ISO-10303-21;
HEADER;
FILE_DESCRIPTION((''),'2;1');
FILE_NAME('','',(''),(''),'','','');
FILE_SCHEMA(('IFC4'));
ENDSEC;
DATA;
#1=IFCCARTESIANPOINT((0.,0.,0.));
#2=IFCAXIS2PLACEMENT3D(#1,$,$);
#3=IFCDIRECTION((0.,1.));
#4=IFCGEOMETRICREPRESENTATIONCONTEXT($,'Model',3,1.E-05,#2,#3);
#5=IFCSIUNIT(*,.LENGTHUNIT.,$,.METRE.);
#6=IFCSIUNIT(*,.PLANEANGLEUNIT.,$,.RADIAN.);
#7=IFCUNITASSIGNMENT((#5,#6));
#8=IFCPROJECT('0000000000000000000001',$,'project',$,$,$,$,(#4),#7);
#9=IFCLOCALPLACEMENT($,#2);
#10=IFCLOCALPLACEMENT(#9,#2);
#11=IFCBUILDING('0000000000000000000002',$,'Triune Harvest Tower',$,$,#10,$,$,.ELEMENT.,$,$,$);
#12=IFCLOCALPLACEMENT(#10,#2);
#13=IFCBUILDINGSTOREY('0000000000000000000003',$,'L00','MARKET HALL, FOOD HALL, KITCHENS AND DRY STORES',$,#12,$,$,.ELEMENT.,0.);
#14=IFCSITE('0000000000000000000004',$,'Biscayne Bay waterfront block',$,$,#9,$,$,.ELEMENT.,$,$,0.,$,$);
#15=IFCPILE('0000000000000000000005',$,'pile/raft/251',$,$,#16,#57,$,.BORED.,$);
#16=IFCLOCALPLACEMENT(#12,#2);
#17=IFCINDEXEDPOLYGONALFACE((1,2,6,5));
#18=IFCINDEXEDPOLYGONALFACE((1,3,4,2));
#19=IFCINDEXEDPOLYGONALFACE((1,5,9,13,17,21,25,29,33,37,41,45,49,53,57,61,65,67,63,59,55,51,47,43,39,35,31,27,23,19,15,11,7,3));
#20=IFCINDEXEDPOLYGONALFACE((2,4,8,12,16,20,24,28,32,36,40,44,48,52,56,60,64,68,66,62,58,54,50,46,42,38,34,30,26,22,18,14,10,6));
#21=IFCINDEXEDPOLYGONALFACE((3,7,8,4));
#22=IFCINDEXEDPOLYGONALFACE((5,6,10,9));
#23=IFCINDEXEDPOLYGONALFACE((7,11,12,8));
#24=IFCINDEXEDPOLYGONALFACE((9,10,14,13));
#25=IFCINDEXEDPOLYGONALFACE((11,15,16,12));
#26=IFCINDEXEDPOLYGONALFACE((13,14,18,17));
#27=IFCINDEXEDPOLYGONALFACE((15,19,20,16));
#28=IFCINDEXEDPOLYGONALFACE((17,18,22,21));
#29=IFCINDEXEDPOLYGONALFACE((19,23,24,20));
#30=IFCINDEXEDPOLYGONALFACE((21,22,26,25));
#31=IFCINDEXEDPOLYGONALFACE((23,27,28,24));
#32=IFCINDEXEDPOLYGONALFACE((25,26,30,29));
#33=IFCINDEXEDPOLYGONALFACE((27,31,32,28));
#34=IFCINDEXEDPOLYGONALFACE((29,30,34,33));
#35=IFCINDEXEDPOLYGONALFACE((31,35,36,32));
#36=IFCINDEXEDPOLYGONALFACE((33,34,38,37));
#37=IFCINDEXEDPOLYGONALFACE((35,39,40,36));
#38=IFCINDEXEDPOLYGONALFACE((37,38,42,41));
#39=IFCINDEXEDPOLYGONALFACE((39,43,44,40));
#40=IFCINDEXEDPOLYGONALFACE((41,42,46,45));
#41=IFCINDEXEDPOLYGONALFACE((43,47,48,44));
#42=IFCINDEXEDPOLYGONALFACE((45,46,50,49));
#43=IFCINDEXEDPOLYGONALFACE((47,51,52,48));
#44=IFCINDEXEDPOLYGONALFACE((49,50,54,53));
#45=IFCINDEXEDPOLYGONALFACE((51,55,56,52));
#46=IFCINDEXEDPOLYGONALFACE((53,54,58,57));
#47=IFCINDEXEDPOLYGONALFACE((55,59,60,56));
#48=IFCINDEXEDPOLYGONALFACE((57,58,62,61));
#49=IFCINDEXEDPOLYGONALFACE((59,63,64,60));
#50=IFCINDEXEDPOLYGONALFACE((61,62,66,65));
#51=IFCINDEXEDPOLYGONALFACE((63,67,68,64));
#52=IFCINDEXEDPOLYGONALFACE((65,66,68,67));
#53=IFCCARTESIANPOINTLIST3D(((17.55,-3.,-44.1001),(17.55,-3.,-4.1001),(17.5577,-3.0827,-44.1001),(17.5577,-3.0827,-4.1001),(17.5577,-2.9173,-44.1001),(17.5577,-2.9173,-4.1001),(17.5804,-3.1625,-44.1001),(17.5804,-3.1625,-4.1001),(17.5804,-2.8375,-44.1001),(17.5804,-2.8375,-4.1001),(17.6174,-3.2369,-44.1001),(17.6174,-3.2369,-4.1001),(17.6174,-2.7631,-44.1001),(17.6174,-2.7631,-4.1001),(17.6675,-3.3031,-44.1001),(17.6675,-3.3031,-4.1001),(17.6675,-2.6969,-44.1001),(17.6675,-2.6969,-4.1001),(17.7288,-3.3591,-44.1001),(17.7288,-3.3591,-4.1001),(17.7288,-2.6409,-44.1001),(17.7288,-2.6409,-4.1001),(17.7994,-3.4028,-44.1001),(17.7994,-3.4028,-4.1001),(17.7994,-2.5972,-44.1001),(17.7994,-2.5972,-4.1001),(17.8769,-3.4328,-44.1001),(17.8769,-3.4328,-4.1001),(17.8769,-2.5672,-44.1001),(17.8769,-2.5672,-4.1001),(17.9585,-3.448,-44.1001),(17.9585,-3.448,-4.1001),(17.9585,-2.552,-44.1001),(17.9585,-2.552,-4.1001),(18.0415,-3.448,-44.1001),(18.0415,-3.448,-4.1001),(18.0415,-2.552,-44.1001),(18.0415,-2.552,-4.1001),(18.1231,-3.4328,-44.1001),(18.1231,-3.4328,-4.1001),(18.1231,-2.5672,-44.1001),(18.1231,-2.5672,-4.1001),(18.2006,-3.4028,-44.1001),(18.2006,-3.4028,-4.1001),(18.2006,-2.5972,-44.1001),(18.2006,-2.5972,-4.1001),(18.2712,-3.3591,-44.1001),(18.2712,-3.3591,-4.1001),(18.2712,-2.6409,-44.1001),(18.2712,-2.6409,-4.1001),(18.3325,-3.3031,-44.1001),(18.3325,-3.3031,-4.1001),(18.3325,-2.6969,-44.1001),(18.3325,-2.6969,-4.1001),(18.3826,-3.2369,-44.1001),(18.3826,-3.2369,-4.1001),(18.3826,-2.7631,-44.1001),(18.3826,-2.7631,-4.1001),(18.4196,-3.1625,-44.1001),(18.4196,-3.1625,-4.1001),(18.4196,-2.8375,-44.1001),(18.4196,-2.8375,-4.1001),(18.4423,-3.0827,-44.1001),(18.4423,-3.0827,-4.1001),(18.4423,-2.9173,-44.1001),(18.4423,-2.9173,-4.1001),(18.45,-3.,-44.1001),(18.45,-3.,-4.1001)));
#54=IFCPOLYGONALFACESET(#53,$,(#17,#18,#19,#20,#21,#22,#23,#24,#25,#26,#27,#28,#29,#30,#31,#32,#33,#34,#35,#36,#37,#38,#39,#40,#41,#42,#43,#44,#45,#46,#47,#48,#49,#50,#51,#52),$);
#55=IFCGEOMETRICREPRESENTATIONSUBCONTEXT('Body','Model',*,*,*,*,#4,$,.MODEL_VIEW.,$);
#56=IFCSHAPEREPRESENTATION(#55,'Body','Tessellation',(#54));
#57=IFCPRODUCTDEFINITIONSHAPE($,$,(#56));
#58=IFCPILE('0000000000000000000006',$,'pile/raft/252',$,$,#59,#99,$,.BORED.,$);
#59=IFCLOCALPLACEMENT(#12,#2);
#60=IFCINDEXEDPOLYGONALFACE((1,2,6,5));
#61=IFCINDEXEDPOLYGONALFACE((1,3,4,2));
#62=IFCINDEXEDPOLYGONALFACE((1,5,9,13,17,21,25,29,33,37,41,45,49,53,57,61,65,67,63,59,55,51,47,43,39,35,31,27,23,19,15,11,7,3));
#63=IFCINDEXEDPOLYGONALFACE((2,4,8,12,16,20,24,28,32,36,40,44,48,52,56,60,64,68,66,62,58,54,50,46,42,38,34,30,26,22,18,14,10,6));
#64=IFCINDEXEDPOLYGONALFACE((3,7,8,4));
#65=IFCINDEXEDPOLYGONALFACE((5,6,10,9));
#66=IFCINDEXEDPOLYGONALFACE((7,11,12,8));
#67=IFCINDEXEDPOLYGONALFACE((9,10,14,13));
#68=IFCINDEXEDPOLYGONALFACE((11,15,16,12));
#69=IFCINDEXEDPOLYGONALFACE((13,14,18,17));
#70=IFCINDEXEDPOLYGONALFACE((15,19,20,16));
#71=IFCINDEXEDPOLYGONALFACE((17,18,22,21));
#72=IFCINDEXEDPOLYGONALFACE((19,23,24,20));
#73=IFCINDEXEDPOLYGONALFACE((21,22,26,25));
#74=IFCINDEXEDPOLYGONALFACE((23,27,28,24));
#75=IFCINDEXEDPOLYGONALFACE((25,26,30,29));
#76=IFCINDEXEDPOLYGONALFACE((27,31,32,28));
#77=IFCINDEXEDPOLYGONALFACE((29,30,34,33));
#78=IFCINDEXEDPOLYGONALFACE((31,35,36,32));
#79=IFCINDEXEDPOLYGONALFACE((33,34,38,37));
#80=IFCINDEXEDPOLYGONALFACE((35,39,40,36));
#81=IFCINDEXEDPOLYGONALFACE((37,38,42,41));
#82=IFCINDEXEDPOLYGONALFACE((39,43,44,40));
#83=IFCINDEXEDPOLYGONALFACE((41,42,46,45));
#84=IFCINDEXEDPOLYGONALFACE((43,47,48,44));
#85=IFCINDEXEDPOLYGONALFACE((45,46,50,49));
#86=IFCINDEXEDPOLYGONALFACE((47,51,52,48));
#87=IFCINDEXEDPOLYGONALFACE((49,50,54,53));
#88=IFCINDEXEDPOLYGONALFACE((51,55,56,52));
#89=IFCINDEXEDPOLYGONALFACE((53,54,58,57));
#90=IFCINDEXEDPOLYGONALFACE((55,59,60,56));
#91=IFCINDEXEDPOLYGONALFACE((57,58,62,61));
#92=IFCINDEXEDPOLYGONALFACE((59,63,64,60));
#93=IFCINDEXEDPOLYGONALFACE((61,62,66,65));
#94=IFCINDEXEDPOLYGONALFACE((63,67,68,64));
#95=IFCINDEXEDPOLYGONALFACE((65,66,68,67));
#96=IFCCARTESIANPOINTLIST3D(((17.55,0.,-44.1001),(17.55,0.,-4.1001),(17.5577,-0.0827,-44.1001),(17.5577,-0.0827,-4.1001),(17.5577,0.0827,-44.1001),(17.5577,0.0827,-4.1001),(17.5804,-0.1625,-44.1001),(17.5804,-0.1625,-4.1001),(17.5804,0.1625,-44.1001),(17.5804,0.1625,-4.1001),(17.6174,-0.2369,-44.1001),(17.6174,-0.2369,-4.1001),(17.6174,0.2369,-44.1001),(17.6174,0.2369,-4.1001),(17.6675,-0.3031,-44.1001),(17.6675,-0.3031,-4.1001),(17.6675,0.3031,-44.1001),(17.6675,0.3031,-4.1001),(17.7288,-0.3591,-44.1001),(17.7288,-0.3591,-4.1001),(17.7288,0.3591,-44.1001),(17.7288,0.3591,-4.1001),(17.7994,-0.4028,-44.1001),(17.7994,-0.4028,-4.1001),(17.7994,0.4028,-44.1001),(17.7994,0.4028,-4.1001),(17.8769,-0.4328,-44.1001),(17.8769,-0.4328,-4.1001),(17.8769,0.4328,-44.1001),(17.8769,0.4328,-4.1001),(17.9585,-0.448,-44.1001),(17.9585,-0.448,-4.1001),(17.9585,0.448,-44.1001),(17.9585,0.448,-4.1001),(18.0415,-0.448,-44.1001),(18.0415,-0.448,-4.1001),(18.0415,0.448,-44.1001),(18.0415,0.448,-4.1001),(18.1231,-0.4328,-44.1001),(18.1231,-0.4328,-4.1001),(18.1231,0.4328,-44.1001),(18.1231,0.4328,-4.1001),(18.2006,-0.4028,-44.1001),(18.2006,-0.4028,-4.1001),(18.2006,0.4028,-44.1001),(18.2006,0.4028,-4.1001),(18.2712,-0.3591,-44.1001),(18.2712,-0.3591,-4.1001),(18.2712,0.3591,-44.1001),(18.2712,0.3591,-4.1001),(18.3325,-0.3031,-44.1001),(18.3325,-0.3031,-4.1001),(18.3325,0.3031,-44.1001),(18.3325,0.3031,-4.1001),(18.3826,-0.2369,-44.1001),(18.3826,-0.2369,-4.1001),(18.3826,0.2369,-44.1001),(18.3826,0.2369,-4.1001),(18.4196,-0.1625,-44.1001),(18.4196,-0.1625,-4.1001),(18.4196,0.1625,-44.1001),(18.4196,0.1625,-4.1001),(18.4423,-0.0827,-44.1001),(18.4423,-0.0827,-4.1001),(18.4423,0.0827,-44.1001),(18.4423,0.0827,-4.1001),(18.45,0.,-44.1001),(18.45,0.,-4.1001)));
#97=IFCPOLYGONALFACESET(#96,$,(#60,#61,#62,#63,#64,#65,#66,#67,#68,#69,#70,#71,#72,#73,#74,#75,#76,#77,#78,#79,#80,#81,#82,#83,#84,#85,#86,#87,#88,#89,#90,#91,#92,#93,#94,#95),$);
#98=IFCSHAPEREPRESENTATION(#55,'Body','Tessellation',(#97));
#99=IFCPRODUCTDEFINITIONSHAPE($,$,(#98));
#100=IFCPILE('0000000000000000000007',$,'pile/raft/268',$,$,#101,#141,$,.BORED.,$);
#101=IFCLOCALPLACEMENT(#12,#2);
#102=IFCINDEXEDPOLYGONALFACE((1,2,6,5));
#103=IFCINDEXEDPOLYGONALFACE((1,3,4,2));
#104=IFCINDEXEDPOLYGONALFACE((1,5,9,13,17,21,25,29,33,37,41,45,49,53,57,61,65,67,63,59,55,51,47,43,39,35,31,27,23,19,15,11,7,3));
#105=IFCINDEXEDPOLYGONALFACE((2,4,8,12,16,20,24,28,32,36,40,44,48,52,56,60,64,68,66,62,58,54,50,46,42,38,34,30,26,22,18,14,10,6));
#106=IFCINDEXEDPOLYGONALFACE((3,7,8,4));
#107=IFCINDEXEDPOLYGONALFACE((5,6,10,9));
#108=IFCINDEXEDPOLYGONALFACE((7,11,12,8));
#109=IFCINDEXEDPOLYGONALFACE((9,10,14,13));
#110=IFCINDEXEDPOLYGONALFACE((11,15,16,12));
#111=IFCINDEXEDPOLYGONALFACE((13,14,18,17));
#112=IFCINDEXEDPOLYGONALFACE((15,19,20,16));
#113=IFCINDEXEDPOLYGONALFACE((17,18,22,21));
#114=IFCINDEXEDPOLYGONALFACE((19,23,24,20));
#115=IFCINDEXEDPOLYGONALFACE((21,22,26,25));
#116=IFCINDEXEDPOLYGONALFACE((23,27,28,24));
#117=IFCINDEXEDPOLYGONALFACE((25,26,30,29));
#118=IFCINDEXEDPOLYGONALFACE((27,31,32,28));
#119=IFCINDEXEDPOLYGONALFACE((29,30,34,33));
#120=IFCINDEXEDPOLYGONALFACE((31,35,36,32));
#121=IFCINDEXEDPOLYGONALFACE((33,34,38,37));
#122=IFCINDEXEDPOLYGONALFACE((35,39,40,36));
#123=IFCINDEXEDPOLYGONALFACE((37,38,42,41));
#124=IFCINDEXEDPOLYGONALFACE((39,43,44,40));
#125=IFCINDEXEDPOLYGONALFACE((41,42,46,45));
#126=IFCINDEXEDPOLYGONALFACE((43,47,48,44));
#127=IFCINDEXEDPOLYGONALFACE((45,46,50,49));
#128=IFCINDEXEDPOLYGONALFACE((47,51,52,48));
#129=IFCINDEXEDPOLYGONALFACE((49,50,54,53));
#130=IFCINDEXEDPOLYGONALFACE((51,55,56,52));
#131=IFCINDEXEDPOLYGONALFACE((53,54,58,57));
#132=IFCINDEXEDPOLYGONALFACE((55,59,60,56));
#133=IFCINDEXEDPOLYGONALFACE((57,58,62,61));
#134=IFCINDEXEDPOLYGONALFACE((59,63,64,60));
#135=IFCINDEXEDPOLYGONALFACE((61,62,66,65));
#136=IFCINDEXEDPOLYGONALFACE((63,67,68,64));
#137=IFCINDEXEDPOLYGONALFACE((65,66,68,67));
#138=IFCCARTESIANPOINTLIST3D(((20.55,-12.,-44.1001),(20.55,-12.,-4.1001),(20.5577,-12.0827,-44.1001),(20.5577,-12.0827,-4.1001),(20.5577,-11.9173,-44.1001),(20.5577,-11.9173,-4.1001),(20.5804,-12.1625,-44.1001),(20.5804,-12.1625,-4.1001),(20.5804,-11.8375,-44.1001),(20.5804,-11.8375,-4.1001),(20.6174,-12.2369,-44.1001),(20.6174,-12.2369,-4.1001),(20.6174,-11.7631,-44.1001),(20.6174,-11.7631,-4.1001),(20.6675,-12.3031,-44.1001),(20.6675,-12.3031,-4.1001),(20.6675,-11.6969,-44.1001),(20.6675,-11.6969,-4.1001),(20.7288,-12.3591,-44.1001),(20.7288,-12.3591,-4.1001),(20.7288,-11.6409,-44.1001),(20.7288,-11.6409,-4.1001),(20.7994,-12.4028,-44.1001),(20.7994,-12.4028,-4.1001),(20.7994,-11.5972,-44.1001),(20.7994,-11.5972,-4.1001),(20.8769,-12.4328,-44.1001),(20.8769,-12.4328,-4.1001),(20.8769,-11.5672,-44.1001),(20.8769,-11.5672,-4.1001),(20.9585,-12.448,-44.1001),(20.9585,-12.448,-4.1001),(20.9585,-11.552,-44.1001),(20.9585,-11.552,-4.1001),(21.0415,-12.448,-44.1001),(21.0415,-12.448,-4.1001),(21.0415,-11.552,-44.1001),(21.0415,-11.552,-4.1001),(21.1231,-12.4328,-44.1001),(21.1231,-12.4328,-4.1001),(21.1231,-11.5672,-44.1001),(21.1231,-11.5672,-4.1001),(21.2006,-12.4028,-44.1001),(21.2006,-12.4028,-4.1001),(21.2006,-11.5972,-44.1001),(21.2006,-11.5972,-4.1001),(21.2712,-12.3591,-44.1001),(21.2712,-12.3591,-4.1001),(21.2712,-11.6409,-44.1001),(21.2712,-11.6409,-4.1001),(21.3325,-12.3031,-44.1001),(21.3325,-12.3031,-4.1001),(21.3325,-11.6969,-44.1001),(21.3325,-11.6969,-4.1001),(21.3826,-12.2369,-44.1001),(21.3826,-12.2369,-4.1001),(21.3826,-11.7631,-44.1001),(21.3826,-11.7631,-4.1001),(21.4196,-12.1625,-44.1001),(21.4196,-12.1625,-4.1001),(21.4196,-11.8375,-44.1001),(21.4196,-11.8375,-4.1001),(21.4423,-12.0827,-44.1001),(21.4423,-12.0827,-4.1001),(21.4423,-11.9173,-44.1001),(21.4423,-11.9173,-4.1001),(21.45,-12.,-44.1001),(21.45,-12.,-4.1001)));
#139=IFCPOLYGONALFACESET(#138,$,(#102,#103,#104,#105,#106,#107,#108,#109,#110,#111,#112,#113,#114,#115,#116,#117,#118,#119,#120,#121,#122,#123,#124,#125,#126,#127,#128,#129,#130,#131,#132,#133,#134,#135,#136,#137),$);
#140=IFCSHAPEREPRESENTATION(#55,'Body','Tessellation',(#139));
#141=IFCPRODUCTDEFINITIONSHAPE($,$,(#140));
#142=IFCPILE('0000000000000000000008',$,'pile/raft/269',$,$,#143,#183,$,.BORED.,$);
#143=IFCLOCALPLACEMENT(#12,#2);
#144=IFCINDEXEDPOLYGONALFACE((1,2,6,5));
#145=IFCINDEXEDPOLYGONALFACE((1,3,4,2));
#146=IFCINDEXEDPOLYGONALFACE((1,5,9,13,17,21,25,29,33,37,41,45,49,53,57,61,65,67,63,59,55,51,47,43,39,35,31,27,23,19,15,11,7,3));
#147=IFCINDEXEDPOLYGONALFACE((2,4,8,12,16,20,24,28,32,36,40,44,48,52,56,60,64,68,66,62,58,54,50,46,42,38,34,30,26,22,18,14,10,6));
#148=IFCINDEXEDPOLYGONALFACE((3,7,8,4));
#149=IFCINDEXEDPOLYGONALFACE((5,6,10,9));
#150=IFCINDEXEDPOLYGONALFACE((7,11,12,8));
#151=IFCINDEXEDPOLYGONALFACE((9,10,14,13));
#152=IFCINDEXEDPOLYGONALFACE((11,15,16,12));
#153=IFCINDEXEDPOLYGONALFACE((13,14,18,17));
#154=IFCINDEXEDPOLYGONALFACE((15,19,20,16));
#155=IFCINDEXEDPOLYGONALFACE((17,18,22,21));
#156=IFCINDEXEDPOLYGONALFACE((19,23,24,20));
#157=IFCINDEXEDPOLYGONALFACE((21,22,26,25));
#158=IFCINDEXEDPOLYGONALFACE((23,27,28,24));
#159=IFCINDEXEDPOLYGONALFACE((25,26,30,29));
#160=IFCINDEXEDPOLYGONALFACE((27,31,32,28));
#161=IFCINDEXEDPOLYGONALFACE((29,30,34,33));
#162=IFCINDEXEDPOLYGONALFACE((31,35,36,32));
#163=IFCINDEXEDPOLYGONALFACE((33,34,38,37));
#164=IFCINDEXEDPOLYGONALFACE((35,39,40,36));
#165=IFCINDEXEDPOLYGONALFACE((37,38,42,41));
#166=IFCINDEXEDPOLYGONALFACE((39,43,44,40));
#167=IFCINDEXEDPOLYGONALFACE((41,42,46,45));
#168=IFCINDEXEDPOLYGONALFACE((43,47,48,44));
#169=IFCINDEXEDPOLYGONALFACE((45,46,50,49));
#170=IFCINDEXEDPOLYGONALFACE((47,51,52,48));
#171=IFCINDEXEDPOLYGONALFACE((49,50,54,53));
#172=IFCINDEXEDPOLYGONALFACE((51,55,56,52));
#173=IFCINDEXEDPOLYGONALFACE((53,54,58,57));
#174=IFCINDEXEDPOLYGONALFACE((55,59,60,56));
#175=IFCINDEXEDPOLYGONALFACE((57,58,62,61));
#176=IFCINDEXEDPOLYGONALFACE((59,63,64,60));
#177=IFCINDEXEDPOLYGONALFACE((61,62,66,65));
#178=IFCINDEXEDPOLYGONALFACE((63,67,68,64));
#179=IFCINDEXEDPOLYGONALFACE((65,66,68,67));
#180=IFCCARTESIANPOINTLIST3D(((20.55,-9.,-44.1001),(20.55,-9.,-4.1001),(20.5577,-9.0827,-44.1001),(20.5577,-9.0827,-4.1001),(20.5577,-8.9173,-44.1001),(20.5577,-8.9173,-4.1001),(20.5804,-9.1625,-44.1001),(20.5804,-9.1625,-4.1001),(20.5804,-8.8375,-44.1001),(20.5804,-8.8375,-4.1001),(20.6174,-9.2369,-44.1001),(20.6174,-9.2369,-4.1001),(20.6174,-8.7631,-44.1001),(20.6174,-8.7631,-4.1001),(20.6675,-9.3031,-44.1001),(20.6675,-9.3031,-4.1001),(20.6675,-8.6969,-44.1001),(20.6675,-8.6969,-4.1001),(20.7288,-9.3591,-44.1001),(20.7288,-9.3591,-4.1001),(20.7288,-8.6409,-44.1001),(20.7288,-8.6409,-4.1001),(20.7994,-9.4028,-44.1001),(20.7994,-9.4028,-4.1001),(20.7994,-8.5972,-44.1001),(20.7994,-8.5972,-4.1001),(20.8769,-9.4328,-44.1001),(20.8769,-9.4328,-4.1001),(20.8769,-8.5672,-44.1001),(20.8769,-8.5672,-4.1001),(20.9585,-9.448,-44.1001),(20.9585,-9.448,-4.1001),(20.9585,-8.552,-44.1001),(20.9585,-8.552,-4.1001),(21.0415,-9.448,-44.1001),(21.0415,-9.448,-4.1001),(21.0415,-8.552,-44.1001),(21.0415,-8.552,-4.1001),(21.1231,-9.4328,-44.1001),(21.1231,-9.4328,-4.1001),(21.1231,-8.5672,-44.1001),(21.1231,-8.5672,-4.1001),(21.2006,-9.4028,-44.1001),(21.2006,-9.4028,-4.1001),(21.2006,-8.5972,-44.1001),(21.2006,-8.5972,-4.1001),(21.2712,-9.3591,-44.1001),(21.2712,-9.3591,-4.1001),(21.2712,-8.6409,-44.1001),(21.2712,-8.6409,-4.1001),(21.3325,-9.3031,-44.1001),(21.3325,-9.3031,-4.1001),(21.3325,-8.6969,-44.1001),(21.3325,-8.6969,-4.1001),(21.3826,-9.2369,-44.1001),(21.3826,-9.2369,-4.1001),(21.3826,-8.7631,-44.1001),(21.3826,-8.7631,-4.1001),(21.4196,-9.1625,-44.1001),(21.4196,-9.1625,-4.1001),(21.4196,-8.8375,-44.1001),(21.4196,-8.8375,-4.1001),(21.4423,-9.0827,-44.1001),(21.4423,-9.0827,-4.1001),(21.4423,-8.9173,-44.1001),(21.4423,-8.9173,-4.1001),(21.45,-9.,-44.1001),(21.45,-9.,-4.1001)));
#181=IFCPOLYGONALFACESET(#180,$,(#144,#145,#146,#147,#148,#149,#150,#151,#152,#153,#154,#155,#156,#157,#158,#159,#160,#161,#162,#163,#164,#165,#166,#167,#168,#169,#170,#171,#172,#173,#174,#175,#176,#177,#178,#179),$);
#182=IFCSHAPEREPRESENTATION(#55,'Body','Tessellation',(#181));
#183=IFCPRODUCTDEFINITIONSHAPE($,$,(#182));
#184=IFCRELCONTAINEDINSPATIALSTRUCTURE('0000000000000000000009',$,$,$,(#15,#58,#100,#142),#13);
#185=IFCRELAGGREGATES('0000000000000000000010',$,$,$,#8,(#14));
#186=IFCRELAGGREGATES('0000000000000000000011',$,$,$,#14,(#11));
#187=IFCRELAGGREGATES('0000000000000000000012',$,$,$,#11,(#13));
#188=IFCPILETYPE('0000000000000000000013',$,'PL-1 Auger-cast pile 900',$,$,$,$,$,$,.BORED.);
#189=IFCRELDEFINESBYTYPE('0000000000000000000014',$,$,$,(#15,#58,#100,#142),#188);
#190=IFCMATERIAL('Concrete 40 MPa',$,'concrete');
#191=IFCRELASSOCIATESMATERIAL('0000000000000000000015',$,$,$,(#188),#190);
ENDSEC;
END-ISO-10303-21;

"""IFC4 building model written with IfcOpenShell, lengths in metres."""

from ifc_helpers import new_model, si_unit, direction, frame, origin, origin_2d, place, context, subcontext, project, spatial, circle, extrude, source, transform, mapped, material, material_profile, profile_set, type_object, element, save


model = new_model("IFC4")

# Units and contexts
model_context = context("Model", 3, precision=1e-05, world=origin(), true_north=direction((0.0, 1.0)))
body_context = subcontext(model_context, "Body", "Model", "MODEL_VIEW")
ifc_project = project(units=[si_unit("LENGTHUNIT", "METRE"), si_unit("PLANEANGLEUNIT", "RADIAN")], contexts=[model_context])

# Site, building, storey
site_placement = place(None, origin())
site = spatial("IfcSite", under=ifc_project, at=site_placement, Name="Biscayne Bay waterfront block", CompositionType="ELEMENT", RefElevation=0.0)
building_placement = place(site_placement, origin())
building = spatial("IfcBuilding", under=site, at=building_placement, Name="Triune Harvest Tower", CompositionType="ELEMENT")
storey_placement = place(building_placement, origin())
storey = spatial("IfcBuildingStorey", under=building, at=storey_placement, Name="L00", Description="MARKET HALL, FOOD HALL, KITCHENS AND DRY STORES", CompositionType="ELEMENT", Elevation=0.0)

# Piles
ifc_material_1 = material(Name="Concrete 40 MPa", Category="concrete")
ifc_material_profile_1 = material_profile(ifc_material_1, circle(Radius=0.45, at=origin_2d()), Name="Bored 900")
ifc_profile_set_1 = profile_set([ifc_material_profile_1], Name="Concrete 40 MPa")
pile_type = type_object("IfcPileType", Name="PL-1 Auger-cast pile 900", PredefinedType="BORED", material=ifc_profile_set_1)
shared_shape_1 = source(origin(), body_context, "Body", "SweptSolid", [
    extrude(circle(Radius=0.45, at=origin_2d()), origin(), (0.0, 0.0, 1.0), 40.0),
])
for number, where, z_axis, x_axis, name in (
    (1, (18.0, -3.0, -4.1001), (0.0, 0.0, -1.0), (1.0, 0.0, 0.0), "pile/raft/251"),
    (2, (18.0, 0.0, -4.1001), (0.0, 0.0, -1.0), (1.0, 0.0, 0.0), "pile/raft/252"),
    (3, (21.0, -12.0, -4.1001), (0.0, 0.0, -1.0), (1.0, 0.0, 0.0), "pile/raft/268"),
    (4, (21.0, -9.0, -4.1001), (0.0, 0.0, -1.0), (1.0, 0.0, 0.0), "pile/raft/269"),
):
    element("IfcPile", number, at=place(storey_placement, frame(where, z_axis=z_axis, x_axis=x_axis)), inside=storey, type_object=pile_type, Name=name, PredefinedType="BORED", context=body_context, shape_type="MappedRepresentation", body=[
        mapped(shared_shape_1, transform((0.0, 0.0, 0.0), scale=1.0)),
    ])

save(model, "model.ifc")
